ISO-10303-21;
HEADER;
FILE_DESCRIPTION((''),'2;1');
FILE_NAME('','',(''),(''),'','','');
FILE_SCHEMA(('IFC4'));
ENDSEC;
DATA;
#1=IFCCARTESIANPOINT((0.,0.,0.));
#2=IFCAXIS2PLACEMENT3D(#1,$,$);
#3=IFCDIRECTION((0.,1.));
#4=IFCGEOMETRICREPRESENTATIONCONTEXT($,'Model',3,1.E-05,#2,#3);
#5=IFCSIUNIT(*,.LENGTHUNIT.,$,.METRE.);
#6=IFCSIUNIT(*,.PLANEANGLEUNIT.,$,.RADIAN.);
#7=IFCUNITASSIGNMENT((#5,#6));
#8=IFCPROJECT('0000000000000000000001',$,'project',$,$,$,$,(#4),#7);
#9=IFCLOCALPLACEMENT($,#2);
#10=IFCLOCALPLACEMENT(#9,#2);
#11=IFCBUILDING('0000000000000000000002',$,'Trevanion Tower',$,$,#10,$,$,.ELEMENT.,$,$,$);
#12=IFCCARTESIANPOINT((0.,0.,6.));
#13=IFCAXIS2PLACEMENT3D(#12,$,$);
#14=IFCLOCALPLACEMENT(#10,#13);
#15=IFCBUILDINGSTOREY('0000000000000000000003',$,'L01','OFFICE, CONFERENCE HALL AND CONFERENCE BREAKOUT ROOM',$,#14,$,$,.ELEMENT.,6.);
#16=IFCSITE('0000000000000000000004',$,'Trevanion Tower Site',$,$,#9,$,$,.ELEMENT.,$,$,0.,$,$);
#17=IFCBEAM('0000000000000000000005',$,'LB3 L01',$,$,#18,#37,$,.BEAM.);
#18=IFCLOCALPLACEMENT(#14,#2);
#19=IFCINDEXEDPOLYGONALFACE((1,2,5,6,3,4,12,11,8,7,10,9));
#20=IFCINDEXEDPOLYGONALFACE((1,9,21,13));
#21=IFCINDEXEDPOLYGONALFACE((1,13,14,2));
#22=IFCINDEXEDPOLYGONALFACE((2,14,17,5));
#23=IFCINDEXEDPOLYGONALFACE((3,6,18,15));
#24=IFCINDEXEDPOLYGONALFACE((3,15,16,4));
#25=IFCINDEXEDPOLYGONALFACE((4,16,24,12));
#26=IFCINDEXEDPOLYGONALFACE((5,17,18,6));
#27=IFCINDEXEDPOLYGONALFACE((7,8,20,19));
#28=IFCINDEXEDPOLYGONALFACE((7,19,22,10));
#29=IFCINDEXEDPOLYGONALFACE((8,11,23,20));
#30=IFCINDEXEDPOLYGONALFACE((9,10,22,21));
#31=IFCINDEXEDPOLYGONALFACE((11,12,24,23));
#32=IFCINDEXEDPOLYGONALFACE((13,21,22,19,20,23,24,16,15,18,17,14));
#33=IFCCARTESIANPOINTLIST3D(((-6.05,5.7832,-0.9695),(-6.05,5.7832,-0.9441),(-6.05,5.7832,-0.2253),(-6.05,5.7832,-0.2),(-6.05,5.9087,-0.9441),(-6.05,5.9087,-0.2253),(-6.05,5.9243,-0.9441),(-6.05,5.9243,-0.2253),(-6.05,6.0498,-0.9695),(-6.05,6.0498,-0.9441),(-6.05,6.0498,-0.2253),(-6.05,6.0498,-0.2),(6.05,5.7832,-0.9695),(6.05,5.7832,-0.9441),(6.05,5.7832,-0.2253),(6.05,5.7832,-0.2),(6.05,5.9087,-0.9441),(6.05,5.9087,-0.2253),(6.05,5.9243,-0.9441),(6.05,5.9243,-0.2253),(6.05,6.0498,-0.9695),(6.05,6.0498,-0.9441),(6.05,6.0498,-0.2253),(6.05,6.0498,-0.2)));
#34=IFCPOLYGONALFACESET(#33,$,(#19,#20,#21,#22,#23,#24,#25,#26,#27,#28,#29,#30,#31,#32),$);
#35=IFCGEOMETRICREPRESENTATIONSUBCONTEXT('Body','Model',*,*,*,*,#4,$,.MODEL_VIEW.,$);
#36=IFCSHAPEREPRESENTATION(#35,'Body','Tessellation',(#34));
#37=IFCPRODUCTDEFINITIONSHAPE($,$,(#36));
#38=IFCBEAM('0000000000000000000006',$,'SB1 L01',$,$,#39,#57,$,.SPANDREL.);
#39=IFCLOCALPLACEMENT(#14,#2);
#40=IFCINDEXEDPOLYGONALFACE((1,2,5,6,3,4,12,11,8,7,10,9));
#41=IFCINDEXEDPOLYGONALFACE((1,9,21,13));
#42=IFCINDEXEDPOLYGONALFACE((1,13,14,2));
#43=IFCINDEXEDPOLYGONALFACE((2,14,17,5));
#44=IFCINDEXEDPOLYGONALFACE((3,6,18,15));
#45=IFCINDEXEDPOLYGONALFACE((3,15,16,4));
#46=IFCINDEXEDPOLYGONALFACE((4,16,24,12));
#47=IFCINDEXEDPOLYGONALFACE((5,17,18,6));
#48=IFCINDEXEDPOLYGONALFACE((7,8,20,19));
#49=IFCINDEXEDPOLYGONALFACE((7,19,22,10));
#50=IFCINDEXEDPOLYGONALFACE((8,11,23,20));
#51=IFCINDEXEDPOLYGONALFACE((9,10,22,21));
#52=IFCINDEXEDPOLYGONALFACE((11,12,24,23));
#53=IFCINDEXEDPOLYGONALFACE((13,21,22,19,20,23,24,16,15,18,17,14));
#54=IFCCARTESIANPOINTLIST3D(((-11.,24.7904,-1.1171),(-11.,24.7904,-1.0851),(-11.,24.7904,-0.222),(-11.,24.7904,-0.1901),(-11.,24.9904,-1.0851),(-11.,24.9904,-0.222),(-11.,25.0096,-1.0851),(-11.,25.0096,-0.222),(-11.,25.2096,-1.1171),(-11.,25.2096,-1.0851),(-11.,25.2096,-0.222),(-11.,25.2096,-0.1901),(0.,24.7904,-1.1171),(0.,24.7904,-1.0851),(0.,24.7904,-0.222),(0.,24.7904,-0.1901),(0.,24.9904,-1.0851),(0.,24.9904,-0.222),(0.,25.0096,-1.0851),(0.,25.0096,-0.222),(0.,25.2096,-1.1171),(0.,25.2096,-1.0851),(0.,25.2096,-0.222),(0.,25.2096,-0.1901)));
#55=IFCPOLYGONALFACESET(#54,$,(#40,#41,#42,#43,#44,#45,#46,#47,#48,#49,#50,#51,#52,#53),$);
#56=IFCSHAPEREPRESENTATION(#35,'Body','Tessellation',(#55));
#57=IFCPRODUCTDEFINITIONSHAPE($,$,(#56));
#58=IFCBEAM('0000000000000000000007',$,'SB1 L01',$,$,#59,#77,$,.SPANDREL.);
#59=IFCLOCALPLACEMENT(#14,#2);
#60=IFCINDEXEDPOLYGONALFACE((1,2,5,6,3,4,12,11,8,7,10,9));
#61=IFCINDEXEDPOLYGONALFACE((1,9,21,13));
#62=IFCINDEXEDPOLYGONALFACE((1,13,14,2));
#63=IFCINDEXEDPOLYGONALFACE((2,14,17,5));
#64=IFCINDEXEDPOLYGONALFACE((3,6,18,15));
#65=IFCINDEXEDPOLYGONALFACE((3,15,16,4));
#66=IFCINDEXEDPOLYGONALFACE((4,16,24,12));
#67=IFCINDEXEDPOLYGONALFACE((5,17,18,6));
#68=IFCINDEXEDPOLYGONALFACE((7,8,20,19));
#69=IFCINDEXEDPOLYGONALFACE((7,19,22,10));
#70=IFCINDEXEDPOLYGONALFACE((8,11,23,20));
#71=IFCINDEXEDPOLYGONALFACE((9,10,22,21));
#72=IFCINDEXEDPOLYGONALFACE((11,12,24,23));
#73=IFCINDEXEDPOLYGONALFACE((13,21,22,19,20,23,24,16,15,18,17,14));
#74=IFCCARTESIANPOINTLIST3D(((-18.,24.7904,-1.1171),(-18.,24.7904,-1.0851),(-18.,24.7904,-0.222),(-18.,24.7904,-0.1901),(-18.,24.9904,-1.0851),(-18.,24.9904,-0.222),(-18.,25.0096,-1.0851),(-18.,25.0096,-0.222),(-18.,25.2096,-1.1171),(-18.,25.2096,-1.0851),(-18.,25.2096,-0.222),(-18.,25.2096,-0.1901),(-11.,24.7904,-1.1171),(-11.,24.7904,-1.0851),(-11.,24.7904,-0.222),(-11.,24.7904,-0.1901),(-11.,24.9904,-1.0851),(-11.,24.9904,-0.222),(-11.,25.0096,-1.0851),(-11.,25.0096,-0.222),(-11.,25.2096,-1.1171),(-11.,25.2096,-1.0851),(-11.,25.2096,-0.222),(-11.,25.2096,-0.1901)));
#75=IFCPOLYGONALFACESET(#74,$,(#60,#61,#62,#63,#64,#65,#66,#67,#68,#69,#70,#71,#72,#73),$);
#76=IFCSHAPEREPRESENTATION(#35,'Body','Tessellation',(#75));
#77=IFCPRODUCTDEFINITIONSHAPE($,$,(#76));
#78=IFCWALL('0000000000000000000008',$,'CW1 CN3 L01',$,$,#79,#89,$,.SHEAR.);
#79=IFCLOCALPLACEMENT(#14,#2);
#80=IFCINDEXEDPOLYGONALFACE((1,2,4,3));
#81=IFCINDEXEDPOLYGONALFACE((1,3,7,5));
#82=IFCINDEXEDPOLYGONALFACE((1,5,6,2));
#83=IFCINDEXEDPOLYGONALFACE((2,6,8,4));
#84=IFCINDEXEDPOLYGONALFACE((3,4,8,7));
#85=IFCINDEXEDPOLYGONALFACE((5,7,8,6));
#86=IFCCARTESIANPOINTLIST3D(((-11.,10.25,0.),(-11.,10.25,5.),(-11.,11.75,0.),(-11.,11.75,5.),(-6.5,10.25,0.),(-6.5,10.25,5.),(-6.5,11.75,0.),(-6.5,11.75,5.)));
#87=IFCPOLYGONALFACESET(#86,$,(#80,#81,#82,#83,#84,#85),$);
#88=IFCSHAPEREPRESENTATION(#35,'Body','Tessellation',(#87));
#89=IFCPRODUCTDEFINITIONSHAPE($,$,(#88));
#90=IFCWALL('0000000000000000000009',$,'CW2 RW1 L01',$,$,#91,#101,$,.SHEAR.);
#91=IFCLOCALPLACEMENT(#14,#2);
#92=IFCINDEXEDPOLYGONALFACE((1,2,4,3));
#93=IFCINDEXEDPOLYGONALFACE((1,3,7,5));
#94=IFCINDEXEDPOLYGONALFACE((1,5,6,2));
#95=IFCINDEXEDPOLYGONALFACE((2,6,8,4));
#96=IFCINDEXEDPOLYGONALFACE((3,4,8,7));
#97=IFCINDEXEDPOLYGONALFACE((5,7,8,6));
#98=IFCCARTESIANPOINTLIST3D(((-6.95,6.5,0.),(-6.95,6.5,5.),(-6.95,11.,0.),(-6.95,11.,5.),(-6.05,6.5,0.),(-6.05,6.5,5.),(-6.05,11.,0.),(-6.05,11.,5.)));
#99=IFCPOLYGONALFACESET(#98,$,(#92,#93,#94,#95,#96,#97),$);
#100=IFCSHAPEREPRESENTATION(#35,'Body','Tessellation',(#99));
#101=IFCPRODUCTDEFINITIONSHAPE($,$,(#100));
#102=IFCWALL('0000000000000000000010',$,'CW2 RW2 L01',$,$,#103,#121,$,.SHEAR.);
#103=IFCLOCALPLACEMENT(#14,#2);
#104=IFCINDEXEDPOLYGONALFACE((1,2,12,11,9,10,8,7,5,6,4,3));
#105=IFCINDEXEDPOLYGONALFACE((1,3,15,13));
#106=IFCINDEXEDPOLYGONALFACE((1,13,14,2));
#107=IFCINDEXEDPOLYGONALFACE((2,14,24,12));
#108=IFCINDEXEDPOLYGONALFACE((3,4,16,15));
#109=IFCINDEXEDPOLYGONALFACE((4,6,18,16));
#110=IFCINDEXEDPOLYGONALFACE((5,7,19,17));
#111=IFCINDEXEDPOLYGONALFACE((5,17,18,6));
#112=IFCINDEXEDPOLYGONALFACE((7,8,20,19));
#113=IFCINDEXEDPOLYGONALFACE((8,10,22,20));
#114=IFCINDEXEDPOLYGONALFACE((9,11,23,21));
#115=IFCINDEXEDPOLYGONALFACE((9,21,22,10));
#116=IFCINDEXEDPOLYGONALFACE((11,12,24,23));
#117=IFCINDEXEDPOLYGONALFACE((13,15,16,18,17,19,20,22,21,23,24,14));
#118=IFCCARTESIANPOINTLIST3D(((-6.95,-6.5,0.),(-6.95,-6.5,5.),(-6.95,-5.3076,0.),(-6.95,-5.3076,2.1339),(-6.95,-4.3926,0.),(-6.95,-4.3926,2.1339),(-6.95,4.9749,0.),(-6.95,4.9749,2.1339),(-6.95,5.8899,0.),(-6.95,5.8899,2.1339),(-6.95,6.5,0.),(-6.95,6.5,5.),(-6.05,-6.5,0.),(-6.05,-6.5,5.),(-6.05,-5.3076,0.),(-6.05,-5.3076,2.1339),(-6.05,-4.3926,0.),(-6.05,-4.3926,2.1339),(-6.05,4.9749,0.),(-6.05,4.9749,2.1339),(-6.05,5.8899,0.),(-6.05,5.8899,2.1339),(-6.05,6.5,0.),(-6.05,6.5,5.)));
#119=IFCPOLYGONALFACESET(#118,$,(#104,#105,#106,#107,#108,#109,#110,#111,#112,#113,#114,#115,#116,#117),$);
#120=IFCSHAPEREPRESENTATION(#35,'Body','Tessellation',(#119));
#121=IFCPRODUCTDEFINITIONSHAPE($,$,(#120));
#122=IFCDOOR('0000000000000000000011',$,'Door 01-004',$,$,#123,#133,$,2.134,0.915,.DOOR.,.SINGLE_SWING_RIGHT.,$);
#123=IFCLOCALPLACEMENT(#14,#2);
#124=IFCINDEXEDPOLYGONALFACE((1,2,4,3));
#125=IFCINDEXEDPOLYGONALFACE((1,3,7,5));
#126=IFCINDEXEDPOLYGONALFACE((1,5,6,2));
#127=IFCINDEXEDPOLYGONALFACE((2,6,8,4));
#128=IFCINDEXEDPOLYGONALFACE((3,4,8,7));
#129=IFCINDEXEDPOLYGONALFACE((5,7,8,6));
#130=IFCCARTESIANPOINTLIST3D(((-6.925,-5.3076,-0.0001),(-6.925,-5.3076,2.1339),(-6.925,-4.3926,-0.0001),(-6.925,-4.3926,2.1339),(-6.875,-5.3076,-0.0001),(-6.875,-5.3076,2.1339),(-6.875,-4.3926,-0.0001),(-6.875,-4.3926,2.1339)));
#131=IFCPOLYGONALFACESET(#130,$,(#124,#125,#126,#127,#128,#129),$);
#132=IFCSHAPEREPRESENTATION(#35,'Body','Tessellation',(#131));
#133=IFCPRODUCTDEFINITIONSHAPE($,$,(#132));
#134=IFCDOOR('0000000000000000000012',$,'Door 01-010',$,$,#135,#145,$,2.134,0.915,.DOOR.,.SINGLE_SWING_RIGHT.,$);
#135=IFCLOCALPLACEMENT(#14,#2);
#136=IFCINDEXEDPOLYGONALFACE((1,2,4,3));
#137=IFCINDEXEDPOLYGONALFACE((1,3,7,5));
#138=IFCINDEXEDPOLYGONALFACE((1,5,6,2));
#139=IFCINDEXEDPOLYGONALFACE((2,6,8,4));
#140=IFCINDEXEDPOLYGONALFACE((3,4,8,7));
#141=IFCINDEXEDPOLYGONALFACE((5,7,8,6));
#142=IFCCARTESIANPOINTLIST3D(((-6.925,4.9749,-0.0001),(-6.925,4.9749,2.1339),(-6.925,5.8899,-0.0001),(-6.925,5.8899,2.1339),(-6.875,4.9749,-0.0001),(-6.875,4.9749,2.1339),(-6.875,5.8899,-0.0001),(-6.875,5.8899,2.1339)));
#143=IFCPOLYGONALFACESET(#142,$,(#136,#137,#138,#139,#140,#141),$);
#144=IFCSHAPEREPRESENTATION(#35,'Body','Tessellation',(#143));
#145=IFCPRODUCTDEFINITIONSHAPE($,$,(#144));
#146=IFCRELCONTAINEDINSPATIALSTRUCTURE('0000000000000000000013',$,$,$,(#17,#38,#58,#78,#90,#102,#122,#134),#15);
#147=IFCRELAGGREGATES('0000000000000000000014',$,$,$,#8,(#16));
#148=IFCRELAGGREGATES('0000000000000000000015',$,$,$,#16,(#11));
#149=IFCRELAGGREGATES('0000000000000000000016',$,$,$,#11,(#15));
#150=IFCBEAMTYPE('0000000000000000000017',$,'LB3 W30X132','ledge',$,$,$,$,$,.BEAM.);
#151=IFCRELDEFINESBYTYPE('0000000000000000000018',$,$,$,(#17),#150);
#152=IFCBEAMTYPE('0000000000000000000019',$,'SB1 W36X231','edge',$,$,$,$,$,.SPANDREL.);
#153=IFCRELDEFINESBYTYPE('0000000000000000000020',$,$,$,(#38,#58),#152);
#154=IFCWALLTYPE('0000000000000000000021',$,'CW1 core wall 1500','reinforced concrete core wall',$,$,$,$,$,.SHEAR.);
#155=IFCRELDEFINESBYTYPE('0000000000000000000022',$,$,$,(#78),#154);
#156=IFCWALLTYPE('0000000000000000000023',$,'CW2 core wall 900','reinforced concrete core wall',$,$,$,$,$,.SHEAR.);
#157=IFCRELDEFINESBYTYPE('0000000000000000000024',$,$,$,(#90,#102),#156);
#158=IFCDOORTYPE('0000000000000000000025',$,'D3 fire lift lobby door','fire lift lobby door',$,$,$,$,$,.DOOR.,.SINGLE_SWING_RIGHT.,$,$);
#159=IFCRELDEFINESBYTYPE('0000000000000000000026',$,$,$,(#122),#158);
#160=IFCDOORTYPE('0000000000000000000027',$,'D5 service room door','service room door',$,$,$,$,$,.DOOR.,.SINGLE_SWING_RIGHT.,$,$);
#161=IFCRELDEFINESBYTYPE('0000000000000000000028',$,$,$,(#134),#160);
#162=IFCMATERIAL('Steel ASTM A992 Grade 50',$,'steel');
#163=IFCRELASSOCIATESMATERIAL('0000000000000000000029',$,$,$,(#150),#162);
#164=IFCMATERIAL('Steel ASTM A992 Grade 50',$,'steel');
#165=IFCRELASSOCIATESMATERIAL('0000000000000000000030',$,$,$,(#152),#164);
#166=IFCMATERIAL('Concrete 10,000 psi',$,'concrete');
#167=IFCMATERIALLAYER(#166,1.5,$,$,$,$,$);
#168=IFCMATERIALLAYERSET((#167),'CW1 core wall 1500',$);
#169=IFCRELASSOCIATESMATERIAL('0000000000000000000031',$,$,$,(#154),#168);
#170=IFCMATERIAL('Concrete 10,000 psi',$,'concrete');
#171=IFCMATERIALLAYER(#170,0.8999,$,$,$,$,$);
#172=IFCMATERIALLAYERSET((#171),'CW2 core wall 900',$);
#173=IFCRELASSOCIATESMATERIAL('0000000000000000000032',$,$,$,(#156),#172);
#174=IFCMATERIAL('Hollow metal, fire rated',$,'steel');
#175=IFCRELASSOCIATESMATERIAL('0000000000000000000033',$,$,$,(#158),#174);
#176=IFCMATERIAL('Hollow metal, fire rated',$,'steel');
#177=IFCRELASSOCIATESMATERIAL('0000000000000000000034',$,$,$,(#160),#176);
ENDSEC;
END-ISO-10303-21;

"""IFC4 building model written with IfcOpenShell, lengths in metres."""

from ifc_helpers import new_model, si_unit, direction, frame, frame_2d, origin, origin_2d, place, context, subcontext, project, spatial, rectangle, i_section, extrude, material, layer, layer_set, material_profile, profile_set, type_object, element, fill, save


model = new_model("IFC4")

# Units and contexts
model_context = context("Model", 3, precision=1e-05, world=origin(), true_north=direction((0.0, 1.0)))
body_context = subcontext(model_context, "Body", "Model", "MODEL_VIEW")
ifc_project = project(units=[si_unit("LENGTHUNIT", "METRE"), si_unit("PLANEANGLEUNIT", "RADIAN")], contexts=[model_context])

# Site, building, storey
site_placement = place(None, origin())
site = spatial("IfcSite", under=ifc_project, at=site_placement, Name="Trevanion Tower Site", CompositionType="ELEMENT", RefElevation=0.0)
building_placement = place(site_placement, origin())
building = spatial("IfcBuilding", under=site, at=building_placement, Name="Trevanion Tower", CompositionType="ELEMENT")
storey_placement = place(building_placement, frame((0.0, 0.0, 6.0)))
storey = spatial("IfcBuildingStorey", under=building, at=storey_placement, Name="L01", Description="OFFICE, CONFERENCE HALL AND CONFERENCE BREAKOUT ROOM", CompositionType="ELEMENT", Elevation=6.0)

# Beams
ifc_material_1 = material(Name="Steel ASTM A992 Grade 50", Category="steel")
ifc_material_profile_1 = material_profile(ifc_material_1, i_section(OverallWidth=0.2666, OverallDepth=0.7695, WebThickness=0.0156, FlangeThickness=0.0254, at=origin_2d()), Name="W30X132")
ifc_profile_set_1 = profile_set([ifc_material_profile_1], Name="Steel ASTM A992 Grade 50")
beam_type_1 = type_object("IfcBeamType", Name="LB3 W30X132", Description="ledge", PredefinedType="BEAM", material=ifc_profile_set_1)
beam_1_placement = place(storey_placement, frame((-6.05, 5.9165, -0.5847), z_axis=(1.0, 0.0, 0.0), x_axis=(0.0, 1.0, 0.0)))
element("IfcBeam", 1, at=beam_1_placement, inside=storey, type_object=beam_type_1, Name="LB3 L01", PredefinedType="BEAM", context=body_context, shape_type="SweptSolid", body=[
    extrude(i_section(OverallWidth=0.2666, OverallDepth=0.7695, WebThickness=0.0156, FlangeThickness=0.0254, at=origin_2d()), origin(), (0.0, 0.0, 1.0), 12.1001),
])
ifc_material_2 = material(Name="Steel ASTM A992 Grade 50", Category="steel")
ifc_material_profile_2 = material_profile(ifc_material_2, i_section(OverallWidth=0.4192, OverallDepth=0.927, WebThickness=0.0193, FlangeThickness=0.032, at=origin_2d()), Name="W36X231")
ifc_profile_set_2 = profile_set([ifc_material_profile_2], Name="Steel ASTM A992 Grade 50")
beam_type_2 = type_object("IfcBeamType", Name="SB1 W36X231", Description="edge", PredefinedType="SPANDREL", material=ifc_profile_set_2)
beam_2_placement = place(storey_placement, frame((0.0, 25.0, -0.6536), z_axis=(-1.0, 0.0, 0.0), x_axis=(0.0, -1.0, 0.0)))
element("IfcBeam", 2, at=beam_2_placement, inside=storey, type_object=beam_type_2, Name="SB1 L01", PredefinedType="SPANDREL", context=body_context, shape_type="SweptSolid", body=[
    extrude(i_section(OverallWidth=0.4192, OverallDepth=0.927, WebThickness=0.0193, FlangeThickness=0.032, at=origin_2d()), origin(), (0.0, 0.0, 1.0), 11.0),
])
beam_3_placement = place(storey_placement, frame((-11.0, 25.0, -0.6536), z_axis=(-1.0, 0.0, 0.0), x_axis=(0.0, -1.0, 0.0)))
element("IfcBeam", 3, at=beam_3_placement, inside=storey, type_object=beam_type_2, Name="SB1 L01", PredefinedType="SPANDREL", context=body_context, shape_type="SweptSolid", body=[
    extrude(i_section(OverallWidth=0.4192, OverallDepth=0.927, WebThickness=0.0193, FlangeThickness=0.032, at=origin_2d()), origin(), (0.0, 0.0, 1.0), 7.0),
])

# Walls
ifc_material_3 = material(Name="Concrete 10,000 psi", Category="concrete")
ifc_layer_1 = layer(ifc_material_3, 1.5)
ifc_layer_set_1 = layer_set([ifc_layer_1], Name="CW1 core wall 1500")
wall_type_1 = type_object("IfcWallType", Name="CW1 core wall 1500", Description="reinforced concrete core wall", PredefinedType="SHEAR", material=ifc_layer_set_1)
wall_1_placement = place(storey_placement, frame((-6.5, 11.0, 0.0), z_axis=(0.0, 0.0, 1.0), x_axis=(-1.0, 0.0, 0.0)))
element("IfcWall", 4, at=wall_1_placement, inside=storey, type_object=wall_type_1, Name="CW1 CN3 L01", PredefinedType="SHEAR", context=body_context, shape_type="SweptSolid", body=[
    extrude(rectangle(XDim=4.5, YDim=1.5, at=frame_2d((2.25, 0.0))), origin(), (0.0, 0.0, 1.0), 5.0),
])
ifc_material_4 = material(Name="Concrete 10,000 psi", Category="concrete")
ifc_layer_2 = layer(ifc_material_4, 0.8999)
ifc_layer_set_2 = layer_set([ifc_layer_2], Name="CW2 core wall 900")
wall_type_2 = type_object("IfcWallType", Name="CW2 core wall 900", Description="reinforced concrete core wall", PredefinedType="SHEAR", material=ifc_layer_set_2)
wall_2_placement = place(storey_placement, frame((-6.5, 11.0, 0.0), z_axis=(0.0, 0.0, 1.0), x_axis=(0.0, -1.0, 0.0)))
element("IfcWall", 5, at=wall_2_placement, inside=storey, type_object=wall_type_2, Name="CW2 RW1 L01", PredefinedType="SHEAR", context=body_context, shape_type="SweptSolid", body=[
    extrude(rectangle(XDim=4.5, YDim=0.8999, at=frame_2d((2.25, 0.0))), origin(), (0.0, 0.0, 1.0), 5.0),
])

# Wall, openings, doors
wall_3_placement = place(storey_placement, frame((-6.5, 6.5, 0.0), z_axis=(0.0, 0.0, 1.0), x_axis=(0.0, -1.0, 0.0)))
wall_3 = element("IfcWall", 6, at=wall_3_placement, inside=storey, type_object=wall_type_2, Name="CW2 RW2 L01", PredefinedType="SHEAR", context=body_context, shape_type="SweptSolid", body=[
    extrude(rectangle(XDim=13.0, YDim=0.8999, at=frame_2d((6.5, 0.0))), origin(), (0.0, 0.0, 1.0), 5.0),
])
opening_1_placement = place(wall_3_placement, frame((10.8926, 0.0, 0.0)))
opening_1 = element("IfcOpeningElement", 7, at=opening_1_placement, cuts=wall_3, PredefinedType="OPENING", context=body_context, shape_type="SweptSolid", body=[
    extrude(rectangle(XDim=0.915, YDim=2.134, at=frame_2d((0.4575, 1.0669))), frame((0.0, 0.46, 0.0), z_axis=(0.0, -1.0, 0.0), x_axis=(1.0, 0.0, 0.0)), (0.0, 0.0, 1.0), 0.9199),
])
opening_2_placement = place(wall_3_placement, frame((0.6101, 0.0, 0.0)))
opening_2 = element("IfcOpeningElement", 8, at=opening_2_placement, cuts=wall_3, PredefinedType="OPENING", context=body_context, shape_type="SweptSolid", body=[
    extrude(rectangle(XDim=0.915, YDim=2.134, at=frame_2d((0.4575, 1.0669))), frame((0.0, 0.46, 0.0), z_axis=(0.0, -1.0, 0.0), x_axis=(1.0, 0.0, 0.0)), (0.0, 0.0, 1.0), 0.9199),
])
ifc_material_5 = material(Name="Hollow metal, fire rated", Category="steel")
door_type_1 = type_object("IfcDoorType", Name="D3 fire lift lobby door", Description="fire lift lobby door", OperationType="SINGLE_SWING_RIGHT", PredefinedType="DOOR", material=ifc_material_5)
door_1_placement = place(opening_1_placement, origin())
door_1 = element("IfcDoor", 9, at=door_1_placement, inside=storey, type_object=door_type_1, Name="Door 01-004", OperationType="SINGLE_SWING_RIGHT", OverallHeight=2.134, OverallWidth=0.915, PredefinedType="DOOR", context=body_context, shape_type="SweptSolid", body=[
    extrude(rectangle(XDim=0.915, YDim=2.134, at=frame_2d((0.4575, 1.0669))), frame((0.0, -0.375, 0.0), z_axis=(0.0, -1.0, 0.0), x_axis=(1.0, 0.0, 0.0)), (0.0, 0.0, 1.0), 0.05),
])
fill(opening_1, door_1)
ifc_material_6 = material(Name="Hollow metal, fire rated", Category="steel")
door_type_2 = type_object("IfcDoorType", Name="D5 service room door", Description="service room door", OperationType="SINGLE_SWING_RIGHT", PredefinedType="DOOR", material=ifc_material_6)
door_2_placement = place(opening_2_placement, origin())
door_2 = element("IfcDoor", 10, at=door_2_placement, inside=storey, type_object=door_type_2, Name="Door 01-010", OperationType="SINGLE_SWING_RIGHT", OverallHeight=2.134, OverallWidth=0.915, PredefinedType="DOOR", context=body_context, shape_type="SweptSolid", body=[
    extrude(rectangle(XDim=0.915, YDim=2.134, at=frame_2d((0.4575, 1.0669))), frame((0.0, -0.375, 0.0), z_axis=(0.0, -1.0, 0.0), x_axis=(1.0, 0.0, 0.0)), (0.0, 0.0, 1.0), 0.05),
])
fill(opening_2, door_2)

save(model, "model.ifc")
